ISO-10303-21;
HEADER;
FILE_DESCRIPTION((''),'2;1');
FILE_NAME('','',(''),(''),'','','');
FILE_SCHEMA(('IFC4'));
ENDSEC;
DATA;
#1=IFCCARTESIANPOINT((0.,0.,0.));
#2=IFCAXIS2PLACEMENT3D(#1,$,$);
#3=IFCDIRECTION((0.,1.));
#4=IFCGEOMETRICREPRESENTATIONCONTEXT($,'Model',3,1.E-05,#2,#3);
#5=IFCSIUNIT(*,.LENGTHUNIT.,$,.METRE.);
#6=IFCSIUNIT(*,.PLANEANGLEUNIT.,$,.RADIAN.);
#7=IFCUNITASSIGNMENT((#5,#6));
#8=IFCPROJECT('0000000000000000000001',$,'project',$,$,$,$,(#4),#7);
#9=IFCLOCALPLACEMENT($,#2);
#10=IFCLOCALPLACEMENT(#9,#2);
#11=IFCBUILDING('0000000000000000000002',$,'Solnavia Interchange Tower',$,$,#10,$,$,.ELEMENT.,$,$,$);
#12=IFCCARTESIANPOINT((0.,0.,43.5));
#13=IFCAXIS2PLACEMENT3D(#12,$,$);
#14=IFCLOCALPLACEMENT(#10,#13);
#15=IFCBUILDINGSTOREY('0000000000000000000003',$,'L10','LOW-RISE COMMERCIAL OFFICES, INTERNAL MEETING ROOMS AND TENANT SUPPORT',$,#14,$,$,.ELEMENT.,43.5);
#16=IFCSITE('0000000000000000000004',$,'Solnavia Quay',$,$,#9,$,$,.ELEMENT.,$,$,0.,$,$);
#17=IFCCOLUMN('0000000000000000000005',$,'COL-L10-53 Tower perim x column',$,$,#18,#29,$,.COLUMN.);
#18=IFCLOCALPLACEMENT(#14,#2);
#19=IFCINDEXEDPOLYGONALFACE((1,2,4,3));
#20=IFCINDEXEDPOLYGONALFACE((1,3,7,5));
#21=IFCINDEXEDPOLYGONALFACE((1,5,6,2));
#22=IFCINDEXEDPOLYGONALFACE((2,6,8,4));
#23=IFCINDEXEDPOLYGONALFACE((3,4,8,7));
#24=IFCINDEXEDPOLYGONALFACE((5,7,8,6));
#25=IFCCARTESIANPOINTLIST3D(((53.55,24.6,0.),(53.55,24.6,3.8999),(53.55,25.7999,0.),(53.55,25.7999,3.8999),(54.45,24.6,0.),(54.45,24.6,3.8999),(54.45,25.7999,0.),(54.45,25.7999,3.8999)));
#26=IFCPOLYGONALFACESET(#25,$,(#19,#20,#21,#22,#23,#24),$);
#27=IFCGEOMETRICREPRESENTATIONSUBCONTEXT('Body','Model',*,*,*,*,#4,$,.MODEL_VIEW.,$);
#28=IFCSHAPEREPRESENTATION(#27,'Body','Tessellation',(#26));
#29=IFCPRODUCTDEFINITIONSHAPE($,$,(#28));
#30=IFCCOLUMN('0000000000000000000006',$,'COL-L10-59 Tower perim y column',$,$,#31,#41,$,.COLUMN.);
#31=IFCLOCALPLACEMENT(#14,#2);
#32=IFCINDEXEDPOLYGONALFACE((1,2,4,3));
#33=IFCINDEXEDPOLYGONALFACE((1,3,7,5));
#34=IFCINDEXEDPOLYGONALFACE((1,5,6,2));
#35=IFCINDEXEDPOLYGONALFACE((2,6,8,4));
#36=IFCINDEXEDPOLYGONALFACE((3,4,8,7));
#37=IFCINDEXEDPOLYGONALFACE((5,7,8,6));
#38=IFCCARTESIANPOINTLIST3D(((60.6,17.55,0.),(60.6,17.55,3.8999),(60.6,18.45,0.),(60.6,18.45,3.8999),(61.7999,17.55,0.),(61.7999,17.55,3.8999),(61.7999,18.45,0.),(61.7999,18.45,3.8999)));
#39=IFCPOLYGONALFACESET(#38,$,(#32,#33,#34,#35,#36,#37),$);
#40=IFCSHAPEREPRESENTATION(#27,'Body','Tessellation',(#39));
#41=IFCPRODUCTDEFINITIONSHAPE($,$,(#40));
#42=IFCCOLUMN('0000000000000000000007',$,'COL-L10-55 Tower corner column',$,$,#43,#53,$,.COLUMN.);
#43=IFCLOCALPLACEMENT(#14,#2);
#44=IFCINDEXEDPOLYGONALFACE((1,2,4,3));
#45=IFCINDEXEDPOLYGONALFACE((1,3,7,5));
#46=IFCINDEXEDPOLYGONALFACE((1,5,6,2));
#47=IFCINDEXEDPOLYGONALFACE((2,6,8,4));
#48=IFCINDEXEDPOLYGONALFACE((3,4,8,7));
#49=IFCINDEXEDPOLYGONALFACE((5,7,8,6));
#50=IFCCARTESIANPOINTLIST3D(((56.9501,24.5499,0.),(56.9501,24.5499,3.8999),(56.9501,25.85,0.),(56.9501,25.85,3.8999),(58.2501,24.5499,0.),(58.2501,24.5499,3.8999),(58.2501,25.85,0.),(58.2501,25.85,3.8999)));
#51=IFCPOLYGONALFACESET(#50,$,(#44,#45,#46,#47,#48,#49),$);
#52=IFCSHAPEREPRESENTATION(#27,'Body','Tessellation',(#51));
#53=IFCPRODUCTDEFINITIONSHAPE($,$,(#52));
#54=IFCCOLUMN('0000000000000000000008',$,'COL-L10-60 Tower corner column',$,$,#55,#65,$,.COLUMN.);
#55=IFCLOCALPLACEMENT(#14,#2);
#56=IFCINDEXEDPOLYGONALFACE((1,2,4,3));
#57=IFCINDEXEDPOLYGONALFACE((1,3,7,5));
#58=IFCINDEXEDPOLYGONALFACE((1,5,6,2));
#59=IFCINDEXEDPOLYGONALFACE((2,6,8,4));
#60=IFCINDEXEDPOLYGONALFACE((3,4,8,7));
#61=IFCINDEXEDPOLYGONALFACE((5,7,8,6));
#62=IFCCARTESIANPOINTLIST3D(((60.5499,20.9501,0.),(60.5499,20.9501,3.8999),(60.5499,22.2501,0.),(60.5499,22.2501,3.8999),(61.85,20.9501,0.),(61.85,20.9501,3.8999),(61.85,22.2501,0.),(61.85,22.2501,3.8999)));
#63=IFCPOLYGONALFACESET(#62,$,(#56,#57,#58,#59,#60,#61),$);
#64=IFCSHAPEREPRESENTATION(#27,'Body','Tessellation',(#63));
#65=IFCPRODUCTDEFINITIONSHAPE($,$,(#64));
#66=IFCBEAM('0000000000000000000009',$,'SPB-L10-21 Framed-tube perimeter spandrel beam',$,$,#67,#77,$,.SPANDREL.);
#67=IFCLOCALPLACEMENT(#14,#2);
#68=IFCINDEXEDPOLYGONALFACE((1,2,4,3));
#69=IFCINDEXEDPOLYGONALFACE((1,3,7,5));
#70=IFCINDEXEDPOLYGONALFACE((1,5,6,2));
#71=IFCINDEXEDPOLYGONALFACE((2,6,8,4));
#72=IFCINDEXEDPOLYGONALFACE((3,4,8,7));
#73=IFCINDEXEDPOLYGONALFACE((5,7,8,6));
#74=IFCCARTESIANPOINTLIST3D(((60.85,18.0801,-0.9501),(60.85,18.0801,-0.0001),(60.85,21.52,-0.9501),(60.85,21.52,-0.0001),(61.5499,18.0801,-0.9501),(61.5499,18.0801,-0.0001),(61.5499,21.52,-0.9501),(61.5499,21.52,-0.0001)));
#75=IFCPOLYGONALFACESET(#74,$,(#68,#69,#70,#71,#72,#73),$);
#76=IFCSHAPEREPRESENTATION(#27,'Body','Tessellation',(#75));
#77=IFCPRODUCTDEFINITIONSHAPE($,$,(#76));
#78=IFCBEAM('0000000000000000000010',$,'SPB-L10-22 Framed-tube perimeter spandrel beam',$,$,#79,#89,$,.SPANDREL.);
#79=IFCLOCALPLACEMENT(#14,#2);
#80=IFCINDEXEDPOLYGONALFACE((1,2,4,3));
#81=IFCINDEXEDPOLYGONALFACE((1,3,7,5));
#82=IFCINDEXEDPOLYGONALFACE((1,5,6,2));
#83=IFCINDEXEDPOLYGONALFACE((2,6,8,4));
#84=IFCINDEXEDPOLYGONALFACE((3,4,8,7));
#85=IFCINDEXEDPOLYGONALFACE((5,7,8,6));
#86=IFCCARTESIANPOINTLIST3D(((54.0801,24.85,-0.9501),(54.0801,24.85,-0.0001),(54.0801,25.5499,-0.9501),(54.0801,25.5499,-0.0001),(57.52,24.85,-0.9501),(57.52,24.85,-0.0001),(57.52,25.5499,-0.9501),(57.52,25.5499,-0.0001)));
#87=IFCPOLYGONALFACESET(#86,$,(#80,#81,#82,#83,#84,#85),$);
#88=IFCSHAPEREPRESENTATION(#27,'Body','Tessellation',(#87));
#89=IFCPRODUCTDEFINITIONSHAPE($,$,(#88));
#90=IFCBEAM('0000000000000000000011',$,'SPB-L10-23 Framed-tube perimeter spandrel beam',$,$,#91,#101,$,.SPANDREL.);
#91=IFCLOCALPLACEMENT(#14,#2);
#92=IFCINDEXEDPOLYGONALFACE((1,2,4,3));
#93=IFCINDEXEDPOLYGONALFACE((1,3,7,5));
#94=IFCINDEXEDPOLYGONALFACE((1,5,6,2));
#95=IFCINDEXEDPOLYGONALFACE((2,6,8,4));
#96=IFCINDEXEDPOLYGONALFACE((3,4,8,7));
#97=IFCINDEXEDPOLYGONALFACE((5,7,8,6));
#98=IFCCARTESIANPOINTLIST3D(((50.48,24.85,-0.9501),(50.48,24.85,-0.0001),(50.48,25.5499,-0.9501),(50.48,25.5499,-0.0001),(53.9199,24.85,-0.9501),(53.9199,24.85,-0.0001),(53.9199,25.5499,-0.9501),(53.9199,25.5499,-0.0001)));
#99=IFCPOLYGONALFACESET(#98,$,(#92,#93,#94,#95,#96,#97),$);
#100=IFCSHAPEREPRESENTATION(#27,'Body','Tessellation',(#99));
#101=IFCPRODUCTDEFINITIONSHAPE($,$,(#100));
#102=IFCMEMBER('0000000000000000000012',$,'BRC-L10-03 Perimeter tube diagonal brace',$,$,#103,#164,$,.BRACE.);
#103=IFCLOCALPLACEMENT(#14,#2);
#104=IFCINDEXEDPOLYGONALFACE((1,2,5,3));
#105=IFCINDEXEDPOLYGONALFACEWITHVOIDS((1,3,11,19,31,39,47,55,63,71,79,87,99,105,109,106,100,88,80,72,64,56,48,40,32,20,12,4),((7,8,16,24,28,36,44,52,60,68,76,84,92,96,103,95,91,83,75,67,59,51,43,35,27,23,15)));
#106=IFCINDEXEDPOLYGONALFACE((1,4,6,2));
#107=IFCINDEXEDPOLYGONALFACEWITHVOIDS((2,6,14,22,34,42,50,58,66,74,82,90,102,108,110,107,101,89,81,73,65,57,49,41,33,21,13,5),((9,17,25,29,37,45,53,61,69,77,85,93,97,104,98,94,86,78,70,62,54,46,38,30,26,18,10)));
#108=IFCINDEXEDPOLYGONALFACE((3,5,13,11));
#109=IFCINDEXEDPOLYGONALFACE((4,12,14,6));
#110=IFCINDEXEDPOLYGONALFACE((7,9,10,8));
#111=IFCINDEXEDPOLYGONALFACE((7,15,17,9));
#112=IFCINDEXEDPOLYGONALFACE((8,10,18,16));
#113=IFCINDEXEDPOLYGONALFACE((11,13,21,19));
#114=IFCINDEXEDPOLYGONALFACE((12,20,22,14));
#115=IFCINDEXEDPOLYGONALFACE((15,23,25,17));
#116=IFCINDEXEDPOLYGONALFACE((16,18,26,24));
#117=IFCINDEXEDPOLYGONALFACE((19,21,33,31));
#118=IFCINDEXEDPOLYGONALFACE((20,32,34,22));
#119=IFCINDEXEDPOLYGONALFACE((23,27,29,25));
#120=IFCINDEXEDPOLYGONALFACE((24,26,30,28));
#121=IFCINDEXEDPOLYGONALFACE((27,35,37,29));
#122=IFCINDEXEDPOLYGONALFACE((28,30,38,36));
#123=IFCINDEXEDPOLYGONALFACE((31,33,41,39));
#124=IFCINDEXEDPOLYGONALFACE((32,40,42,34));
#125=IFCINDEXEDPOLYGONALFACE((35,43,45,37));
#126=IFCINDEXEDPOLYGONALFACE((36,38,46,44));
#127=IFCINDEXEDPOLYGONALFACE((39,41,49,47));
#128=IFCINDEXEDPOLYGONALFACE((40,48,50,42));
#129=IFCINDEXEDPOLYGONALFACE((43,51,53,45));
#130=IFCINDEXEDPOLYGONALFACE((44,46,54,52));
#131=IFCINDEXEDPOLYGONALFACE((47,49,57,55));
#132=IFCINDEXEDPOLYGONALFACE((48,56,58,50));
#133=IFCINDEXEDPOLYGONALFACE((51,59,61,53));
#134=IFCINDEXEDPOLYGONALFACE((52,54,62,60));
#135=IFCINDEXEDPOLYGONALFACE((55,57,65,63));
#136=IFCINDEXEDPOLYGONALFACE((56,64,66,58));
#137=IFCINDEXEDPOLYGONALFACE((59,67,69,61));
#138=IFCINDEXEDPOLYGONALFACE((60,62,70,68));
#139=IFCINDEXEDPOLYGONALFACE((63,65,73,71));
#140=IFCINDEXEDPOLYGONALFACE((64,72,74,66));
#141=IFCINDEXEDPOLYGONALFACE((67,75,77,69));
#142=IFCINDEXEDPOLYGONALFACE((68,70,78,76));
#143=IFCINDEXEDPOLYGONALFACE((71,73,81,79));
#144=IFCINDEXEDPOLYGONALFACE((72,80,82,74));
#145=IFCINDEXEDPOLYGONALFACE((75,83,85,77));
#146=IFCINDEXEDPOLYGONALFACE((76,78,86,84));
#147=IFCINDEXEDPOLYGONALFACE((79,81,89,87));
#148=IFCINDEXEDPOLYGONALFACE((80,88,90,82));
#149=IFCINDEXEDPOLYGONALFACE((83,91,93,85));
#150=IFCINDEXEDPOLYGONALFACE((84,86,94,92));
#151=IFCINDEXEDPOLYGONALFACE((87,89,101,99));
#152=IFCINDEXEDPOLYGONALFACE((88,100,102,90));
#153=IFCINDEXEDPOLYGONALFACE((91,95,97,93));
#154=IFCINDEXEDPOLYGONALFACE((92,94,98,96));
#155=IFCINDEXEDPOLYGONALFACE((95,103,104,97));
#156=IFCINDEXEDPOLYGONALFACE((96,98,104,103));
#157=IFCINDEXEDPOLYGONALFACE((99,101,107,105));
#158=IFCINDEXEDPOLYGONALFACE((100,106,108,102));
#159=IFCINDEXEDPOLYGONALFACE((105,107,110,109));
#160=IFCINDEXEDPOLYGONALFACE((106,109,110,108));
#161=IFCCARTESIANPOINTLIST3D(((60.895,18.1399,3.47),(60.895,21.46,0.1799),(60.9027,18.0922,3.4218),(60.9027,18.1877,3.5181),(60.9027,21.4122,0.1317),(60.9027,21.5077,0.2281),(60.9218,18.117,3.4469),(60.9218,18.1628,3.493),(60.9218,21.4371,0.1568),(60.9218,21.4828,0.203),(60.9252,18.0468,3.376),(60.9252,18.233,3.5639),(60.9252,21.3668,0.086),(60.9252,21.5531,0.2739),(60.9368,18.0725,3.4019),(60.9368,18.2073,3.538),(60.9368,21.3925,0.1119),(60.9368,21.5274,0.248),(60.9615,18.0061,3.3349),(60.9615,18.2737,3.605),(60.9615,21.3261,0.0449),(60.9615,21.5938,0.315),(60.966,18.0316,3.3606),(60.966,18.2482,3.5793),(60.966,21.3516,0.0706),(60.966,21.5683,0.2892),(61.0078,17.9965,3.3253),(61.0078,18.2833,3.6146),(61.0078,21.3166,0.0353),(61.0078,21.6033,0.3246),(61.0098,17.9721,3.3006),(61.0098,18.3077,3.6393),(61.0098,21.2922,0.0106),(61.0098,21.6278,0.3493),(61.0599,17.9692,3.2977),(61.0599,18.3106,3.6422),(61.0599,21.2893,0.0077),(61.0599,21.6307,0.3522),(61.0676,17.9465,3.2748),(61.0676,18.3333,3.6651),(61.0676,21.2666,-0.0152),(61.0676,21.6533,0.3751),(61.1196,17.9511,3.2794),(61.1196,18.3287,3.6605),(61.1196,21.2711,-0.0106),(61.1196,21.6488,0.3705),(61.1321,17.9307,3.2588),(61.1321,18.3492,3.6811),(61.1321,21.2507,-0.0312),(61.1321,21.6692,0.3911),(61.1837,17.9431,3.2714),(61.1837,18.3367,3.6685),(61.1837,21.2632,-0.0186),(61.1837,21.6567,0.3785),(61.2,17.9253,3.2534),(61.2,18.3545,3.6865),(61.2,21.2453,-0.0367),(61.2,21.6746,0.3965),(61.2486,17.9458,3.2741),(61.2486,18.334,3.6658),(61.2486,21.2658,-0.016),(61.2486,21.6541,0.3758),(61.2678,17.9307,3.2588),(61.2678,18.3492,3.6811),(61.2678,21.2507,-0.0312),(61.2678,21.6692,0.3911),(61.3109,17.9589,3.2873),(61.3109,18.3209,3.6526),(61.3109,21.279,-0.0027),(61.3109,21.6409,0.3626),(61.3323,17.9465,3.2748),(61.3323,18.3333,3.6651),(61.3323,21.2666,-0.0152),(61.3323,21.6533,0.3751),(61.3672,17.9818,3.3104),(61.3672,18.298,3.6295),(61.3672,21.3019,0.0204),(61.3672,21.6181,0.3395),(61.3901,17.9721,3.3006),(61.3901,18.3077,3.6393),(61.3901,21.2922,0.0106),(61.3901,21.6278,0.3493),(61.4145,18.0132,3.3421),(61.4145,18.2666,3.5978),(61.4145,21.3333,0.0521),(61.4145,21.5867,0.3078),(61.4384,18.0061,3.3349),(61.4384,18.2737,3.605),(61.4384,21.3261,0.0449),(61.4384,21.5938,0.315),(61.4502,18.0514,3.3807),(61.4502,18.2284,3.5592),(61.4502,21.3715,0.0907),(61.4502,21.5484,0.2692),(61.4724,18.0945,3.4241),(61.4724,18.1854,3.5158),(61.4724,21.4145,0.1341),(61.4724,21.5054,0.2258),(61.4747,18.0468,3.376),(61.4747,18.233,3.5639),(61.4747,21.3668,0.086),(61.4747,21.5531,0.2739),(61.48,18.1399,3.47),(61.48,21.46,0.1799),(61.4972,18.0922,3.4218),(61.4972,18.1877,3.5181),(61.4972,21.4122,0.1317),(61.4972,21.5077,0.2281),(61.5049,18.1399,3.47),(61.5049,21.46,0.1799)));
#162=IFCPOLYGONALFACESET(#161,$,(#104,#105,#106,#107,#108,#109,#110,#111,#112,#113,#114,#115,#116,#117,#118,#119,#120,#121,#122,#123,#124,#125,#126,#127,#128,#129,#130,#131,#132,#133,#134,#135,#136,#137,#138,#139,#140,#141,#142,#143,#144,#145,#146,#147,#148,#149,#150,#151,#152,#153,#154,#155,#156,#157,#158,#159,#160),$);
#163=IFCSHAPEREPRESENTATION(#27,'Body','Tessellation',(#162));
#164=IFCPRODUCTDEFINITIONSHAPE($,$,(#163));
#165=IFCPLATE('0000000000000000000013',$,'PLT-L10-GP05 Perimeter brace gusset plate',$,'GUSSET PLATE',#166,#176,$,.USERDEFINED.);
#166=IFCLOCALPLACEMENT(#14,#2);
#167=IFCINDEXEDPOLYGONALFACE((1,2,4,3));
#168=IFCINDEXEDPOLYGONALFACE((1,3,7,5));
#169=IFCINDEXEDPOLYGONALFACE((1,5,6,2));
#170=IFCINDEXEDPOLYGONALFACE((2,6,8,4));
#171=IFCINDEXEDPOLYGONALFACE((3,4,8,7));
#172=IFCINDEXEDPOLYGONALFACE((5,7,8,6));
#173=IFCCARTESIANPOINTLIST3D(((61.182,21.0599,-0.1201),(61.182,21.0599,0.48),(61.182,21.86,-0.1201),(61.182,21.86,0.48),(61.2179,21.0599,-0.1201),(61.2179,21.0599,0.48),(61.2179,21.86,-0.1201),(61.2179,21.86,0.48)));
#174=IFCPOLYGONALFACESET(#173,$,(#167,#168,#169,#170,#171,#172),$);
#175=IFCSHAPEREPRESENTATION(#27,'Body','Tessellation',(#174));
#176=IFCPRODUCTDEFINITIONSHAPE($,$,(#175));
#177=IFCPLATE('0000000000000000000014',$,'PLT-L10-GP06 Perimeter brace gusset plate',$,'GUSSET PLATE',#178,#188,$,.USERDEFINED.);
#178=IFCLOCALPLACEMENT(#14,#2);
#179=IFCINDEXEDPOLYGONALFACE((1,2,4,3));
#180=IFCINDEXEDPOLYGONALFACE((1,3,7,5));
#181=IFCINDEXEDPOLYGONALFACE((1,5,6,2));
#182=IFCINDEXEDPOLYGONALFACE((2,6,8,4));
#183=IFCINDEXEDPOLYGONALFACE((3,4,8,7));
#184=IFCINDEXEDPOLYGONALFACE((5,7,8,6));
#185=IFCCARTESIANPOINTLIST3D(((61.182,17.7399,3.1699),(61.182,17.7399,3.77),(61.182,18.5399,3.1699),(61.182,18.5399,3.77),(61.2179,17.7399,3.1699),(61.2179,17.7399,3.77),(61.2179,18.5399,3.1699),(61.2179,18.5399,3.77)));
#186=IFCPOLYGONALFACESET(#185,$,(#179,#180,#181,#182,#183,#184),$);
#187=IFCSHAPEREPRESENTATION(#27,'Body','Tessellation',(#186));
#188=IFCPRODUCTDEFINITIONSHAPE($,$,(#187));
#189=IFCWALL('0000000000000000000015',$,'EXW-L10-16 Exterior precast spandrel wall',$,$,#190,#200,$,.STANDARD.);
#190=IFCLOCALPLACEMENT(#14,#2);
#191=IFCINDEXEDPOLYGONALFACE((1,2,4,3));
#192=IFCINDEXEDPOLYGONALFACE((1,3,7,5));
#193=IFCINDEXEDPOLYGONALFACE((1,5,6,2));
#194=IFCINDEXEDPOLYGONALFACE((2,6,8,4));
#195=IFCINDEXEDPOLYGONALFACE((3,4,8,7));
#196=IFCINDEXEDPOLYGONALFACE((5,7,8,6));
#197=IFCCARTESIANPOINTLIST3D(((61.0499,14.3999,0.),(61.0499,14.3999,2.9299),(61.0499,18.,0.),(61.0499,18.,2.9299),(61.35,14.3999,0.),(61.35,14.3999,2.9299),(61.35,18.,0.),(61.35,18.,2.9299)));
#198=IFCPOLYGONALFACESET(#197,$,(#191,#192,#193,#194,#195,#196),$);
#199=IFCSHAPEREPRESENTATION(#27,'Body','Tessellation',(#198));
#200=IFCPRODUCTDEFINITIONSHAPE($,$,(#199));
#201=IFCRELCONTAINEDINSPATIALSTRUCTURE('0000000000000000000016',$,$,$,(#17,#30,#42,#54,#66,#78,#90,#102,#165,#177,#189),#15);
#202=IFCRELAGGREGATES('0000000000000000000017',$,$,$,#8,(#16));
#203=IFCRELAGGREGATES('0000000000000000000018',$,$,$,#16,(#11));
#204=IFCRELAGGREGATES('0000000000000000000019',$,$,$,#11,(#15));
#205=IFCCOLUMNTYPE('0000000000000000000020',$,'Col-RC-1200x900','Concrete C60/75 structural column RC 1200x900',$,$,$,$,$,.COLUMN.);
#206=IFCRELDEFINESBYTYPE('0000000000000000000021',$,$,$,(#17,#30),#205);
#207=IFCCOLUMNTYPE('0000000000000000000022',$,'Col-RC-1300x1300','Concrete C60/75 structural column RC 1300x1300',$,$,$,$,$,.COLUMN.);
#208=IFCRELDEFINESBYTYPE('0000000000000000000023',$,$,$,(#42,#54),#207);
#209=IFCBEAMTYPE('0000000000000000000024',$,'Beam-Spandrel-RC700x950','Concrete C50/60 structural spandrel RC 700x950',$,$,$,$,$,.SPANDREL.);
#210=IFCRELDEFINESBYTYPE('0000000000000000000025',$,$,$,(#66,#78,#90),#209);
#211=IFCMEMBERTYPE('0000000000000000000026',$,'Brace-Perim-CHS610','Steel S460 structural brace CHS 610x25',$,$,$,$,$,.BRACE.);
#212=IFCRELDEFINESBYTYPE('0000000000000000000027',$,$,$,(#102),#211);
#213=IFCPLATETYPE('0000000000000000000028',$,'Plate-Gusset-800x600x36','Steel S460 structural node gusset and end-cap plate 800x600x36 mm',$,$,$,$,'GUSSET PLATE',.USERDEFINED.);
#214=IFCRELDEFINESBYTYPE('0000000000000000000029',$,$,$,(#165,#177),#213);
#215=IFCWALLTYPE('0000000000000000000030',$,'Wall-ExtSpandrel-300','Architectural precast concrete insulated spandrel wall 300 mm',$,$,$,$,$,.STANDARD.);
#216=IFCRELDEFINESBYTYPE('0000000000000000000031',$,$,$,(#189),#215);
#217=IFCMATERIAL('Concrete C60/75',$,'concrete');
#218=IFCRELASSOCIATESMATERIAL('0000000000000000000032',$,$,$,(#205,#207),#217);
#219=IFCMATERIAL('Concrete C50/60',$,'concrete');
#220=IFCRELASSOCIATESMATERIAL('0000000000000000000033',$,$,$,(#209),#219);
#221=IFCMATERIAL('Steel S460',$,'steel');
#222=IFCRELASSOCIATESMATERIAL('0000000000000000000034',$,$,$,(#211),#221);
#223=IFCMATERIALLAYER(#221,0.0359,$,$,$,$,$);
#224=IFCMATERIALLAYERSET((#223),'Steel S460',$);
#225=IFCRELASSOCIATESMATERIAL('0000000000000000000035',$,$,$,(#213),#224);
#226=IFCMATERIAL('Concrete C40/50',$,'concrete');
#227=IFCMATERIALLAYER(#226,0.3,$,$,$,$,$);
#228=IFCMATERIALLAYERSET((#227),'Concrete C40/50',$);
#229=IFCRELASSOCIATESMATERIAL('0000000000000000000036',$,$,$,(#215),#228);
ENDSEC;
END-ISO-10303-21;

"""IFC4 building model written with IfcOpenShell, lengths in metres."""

from ifc_helpers import new_model, si_unit, direction, frame, frame_2d, origin, origin_2d, place, context, subcontext, project, spatial, rectangle, hollow_circle, extrude, material, layer, layer_set, material_profile, profile_set, type_object, element, save


model = new_model("IFC4")

# Units and contexts
model_context = context("Model", 3, precision=1e-05, world=origin(), true_north=direction((0.0, 1.0)))
body_context = subcontext(model_context, "Body", "Model", "MODEL_VIEW")
ifc_project = project(units=[si_unit("LENGTHUNIT", "METRE"), si_unit("PLANEANGLEUNIT", "RADIAN")], contexts=[model_context])

# Site, building, storey
site_placement = place(None, origin())
site = spatial("IfcSite", under=ifc_project, at=site_placement, Name="Solnavia Quay", CompositionType="ELEMENT", RefElevation=0.0)
building_placement = place(site_placement, origin())
building = spatial("IfcBuilding", under=site, at=building_placement, Name="Solnavia Interchange Tower", CompositionType="ELEMENT")
storey_placement = place(building_placement, frame((0.0, 0.0, 43.5)))
storey = spatial("IfcBuildingStorey", under=building, at=storey_placement, Name="L10", Description="LOW-RISE COMMERCIAL OFFICES, INTERNAL MEETING ROOMS AND TENANT SUPPORT", CompositionType="ELEMENT", Elevation=43.5)

# Columns
ifc_material_1 = material(Name="Concrete C60/75", Category="concrete")
ifc_material_profile_1 = material_profile(ifc_material_1, rectangle(XDim=0.8999, YDim=1.2, at=origin_2d()), Name="RC 1200x900")
ifc_profile_set_1 = profile_set([ifc_material_profile_1], Name="Concrete C60/75")
column_type_1 = type_object("IfcColumnType", Name="Col-RC-1200x900", Description="Concrete C60/75 structural column RC 1200x900", PredefinedType="COLUMN", material=ifc_profile_set_1)
for number, where, z_axis, x_axis, name in (
    (1, (54.0, 25.2, 0.0), (0.0, 0.0, 1.0), (1.0, 0.0, 0.0), "COL-L10-53 Tower perim x column"),
    (2, (61.2, 18.0, 0.0), (0.0, 0.0, 1.0), (0.0, 1.0, 0.0), "COL-L10-59 Tower perim y column"),
):
    element("IfcColumn", number, at=place(storey_placement, frame(where, z_axis=z_axis, x_axis=x_axis)), inside=storey, type_object=column_type_1, Name=name, PredefinedType="COLUMN", context=body_context, shape_type="SweptSolid", body=[
        extrude(rectangle(XDim=0.8999, YDim=1.2, at=origin_2d()), origin(), (0.0, 0.0, 1.0), 3.8999),
    ])
ifc_material_profile_2 = material_profile(ifc_material_1, rectangle(XDim=1.3, YDim=1.3, at=origin_2d()), Name="RC 1300x1300")
ifc_profile_set_2 = profile_set([ifc_material_profile_2], Name="Concrete C60/75")
column_type_2 = type_object("IfcColumnType", Name="Col-RC-1300x1300", Description="Concrete C60/75 structural column RC 1300x1300", PredefinedType="COLUMN", material=ifc_profile_set_2)
for number, where, z_axis, x_axis, name in (
    (3, (57.6001, 25.2, 0.0), (0.0, 0.0, 1.0), (1.0, 0.0, 0.0), "COL-L10-55 Tower corner column"),
    (4, (61.2, 21.6001, 0.0), (0.0, 0.0, 1.0), (0.0, 1.0, 0.0), "COL-L10-60 Tower corner column"),
):
    element("IfcColumn", number, at=place(storey_placement, frame(where, z_axis=z_axis, x_axis=x_axis)), inside=storey, type_object=column_type_2, Name=name, PredefinedType="COLUMN", context=body_context, shape_type="SweptSolid", body=[
        extrude(rectangle(XDim=1.3, YDim=1.3, at=origin_2d()), origin(), (0.0, 0.0, 1.0), 3.8999),
    ])

# Beams
ifc_material_2 = material(Name="Concrete C50/60", Category="concrete")
ifc_material_profile_3 = material_profile(ifc_material_2, rectangle(XDim=0.7, YDim=0.95, at=origin_2d()), Name="RC 700x950")
ifc_profile_set_3 = profile_set([ifc_material_profile_3], Name="Concrete C50/60")
beam_type = type_object("IfcBeamType", Name="Beam-Spandrel-RC700x950", Description="Concrete C50/60 structural spandrel RC 700x950", PredefinedType="SPANDREL", material=ifc_profile_set_3)
for number, where, z_axis, x_axis, name in (
    (5, (61.2, 18.0801, -0.4751), (0.0, 1.0, 0.0), (-1.0, 0.0, 0.0), "SPB-L10-21 Framed-tube perimeter spandrel beam"),
    (6, (57.52, 25.2, -0.4751), (-1.0, 0.0, 0.0), (0.0, -1.0, 0.0), "SPB-L10-22 Framed-tube perimeter spandrel beam"),
    (7, (53.9199, 25.2, -0.4751), (-1.0, 0.0, 0.0), (0.0, -1.0, 0.0), "SPB-L10-23 Framed-tube perimeter spandrel beam"),
):
    element("IfcBeam", number, at=place(storey_placement, frame(where, z_axis=z_axis, x_axis=x_axis)), inside=storey, type_object=beam_type, Name=name, PredefinedType="SPANDREL", context=body_context, shape_type="SweptSolid", body=[
        extrude(rectangle(XDim=0.7, YDim=0.95, at=origin_2d()), origin(), (0.0, 0.0, 1.0), 3.4399),
    ])

# Member
ifc_material_3 = material(Name="Steel S460", Category="steel")
ifc_material_profile_4 = material_profile(ifc_material_3, hollow_circle(Radius=0.3049, WallThickness=0.0249, at=origin_2d()), Name="CHS 610x25")
ifc_profile_set_4 = profile_set([ifc_material_profile_4], Name="Steel S460")
member_type = type_object("IfcMemberType", Name="Brace-Perim-CHS610", Description="Steel S460 structural brace CHS 610x25", PredefinedType="BRACE", material=ifc_profile_set_4)
member_placement = place(storey_placement, frame((61.2, 21.46, 0.1799), z_axis=(0.0, -0.710312, 0.703887), x_axis=(1.0, 0.0, 0.0)))
element("IfcMember", 8, at=member_placement, inside=storey, type_object=member_type, Name="BRC-L10-03 Perimeter tube diagonal brace", PredefinedType="BRACE", context=body_context, shape_type="SweptSolid", body=[
    extrude(hollow_circle(Radius=0.3049, WallThickness=0.0249, at=origin_2d()), origin(), (0.0, 0.0, 1.0), 4.6741),
])

# Plates
ifc_layer_1 = layer(ifc_material_3, 0.0359)
ifc_layer_set_1 = layer_set([ifc_layer_1], Name="Steel S460")
plate_type = type_object("IfcPlateType", Name="Plate-Gusset-800x600x36", Description="Steel S460 structural node gusset and end-cap plate 800x600x36 mm", ElementType="GUSSET PLATE", PredefinedType="USERDEFINED", material=ifc_layer_set_1)
for number, where, z_axis, x_axis, name in (
    (9, (61.2, 21.46, -0.1201), (0.0, 0.0, 1.0), (0.0, -1.0, 0.0), "PLT-L10-GP05 Perimeter brace gusset plate"),
    (10, (61.2, 18.1399, 3.1699), (0.0, 0.0, 1.0), (0.0, -1.0, 0.0), "PLT-L10-GP06 Perimeter brace gusset plate"),
):
    element("IfcPlate", number, at=place(storey_placement, frame(where, z_axis=z_axis, x_axis=x_axis)), inside=storey, type_object=plate_type, Name=name, ObjectType="GUSSET PLATE", PredefinedType="USERDEFINED", context=body_context, shape_type="SweptSolid", body=[
        extrude(rectangle(XDim=0.8, YDim=0.0359, at=origin_2d()), origin(), (0.0, 0.0, 1.0), 0.6001),
    ])

# Wall
ifc_material_4 = material(Name="Concrete C40/50", Category="concrete")
ifc_layer_2 = layer(ifc_material_4, 0.3)
ifc_layer_set_2 = layer_set([ifc_layer_2], Name="Concrete C40/50")
wall_type_1 = type_object("IfcWallType", Name="Wall-ExtSpandrel-300", Description="Architectural precast concrete insulated spandrel wall 300 mm", PredefinedType="STANDARD", material=ifc_layer_set_2)
for number, where, z_axis, x_axis, name in (
    (11, (61.2, 18.0, 0.0), (0.0, 0.0, 1.0), (0.0, -1.0, 0.0), "EXW-L10-16 Exterior precast spandrel wall"),
):
    element("IfcWall", number, at=place(storey_placement, frame(where, z_axis=z_axis, x_axis=x_axis)), inside=storey, type_object=wall_type_1, Name=name, PredefinedType="STANDARD", context=body_context, shape_type="SweptSolid", body=[
        extrude(rectangle(XDim=3.6001, YDim=0.3, at=frame_2d((1.8, 0.0))), origin(), (0.0, 0.0, 1.0), 2.9299),
    ])

save(model, "model.ifc")
